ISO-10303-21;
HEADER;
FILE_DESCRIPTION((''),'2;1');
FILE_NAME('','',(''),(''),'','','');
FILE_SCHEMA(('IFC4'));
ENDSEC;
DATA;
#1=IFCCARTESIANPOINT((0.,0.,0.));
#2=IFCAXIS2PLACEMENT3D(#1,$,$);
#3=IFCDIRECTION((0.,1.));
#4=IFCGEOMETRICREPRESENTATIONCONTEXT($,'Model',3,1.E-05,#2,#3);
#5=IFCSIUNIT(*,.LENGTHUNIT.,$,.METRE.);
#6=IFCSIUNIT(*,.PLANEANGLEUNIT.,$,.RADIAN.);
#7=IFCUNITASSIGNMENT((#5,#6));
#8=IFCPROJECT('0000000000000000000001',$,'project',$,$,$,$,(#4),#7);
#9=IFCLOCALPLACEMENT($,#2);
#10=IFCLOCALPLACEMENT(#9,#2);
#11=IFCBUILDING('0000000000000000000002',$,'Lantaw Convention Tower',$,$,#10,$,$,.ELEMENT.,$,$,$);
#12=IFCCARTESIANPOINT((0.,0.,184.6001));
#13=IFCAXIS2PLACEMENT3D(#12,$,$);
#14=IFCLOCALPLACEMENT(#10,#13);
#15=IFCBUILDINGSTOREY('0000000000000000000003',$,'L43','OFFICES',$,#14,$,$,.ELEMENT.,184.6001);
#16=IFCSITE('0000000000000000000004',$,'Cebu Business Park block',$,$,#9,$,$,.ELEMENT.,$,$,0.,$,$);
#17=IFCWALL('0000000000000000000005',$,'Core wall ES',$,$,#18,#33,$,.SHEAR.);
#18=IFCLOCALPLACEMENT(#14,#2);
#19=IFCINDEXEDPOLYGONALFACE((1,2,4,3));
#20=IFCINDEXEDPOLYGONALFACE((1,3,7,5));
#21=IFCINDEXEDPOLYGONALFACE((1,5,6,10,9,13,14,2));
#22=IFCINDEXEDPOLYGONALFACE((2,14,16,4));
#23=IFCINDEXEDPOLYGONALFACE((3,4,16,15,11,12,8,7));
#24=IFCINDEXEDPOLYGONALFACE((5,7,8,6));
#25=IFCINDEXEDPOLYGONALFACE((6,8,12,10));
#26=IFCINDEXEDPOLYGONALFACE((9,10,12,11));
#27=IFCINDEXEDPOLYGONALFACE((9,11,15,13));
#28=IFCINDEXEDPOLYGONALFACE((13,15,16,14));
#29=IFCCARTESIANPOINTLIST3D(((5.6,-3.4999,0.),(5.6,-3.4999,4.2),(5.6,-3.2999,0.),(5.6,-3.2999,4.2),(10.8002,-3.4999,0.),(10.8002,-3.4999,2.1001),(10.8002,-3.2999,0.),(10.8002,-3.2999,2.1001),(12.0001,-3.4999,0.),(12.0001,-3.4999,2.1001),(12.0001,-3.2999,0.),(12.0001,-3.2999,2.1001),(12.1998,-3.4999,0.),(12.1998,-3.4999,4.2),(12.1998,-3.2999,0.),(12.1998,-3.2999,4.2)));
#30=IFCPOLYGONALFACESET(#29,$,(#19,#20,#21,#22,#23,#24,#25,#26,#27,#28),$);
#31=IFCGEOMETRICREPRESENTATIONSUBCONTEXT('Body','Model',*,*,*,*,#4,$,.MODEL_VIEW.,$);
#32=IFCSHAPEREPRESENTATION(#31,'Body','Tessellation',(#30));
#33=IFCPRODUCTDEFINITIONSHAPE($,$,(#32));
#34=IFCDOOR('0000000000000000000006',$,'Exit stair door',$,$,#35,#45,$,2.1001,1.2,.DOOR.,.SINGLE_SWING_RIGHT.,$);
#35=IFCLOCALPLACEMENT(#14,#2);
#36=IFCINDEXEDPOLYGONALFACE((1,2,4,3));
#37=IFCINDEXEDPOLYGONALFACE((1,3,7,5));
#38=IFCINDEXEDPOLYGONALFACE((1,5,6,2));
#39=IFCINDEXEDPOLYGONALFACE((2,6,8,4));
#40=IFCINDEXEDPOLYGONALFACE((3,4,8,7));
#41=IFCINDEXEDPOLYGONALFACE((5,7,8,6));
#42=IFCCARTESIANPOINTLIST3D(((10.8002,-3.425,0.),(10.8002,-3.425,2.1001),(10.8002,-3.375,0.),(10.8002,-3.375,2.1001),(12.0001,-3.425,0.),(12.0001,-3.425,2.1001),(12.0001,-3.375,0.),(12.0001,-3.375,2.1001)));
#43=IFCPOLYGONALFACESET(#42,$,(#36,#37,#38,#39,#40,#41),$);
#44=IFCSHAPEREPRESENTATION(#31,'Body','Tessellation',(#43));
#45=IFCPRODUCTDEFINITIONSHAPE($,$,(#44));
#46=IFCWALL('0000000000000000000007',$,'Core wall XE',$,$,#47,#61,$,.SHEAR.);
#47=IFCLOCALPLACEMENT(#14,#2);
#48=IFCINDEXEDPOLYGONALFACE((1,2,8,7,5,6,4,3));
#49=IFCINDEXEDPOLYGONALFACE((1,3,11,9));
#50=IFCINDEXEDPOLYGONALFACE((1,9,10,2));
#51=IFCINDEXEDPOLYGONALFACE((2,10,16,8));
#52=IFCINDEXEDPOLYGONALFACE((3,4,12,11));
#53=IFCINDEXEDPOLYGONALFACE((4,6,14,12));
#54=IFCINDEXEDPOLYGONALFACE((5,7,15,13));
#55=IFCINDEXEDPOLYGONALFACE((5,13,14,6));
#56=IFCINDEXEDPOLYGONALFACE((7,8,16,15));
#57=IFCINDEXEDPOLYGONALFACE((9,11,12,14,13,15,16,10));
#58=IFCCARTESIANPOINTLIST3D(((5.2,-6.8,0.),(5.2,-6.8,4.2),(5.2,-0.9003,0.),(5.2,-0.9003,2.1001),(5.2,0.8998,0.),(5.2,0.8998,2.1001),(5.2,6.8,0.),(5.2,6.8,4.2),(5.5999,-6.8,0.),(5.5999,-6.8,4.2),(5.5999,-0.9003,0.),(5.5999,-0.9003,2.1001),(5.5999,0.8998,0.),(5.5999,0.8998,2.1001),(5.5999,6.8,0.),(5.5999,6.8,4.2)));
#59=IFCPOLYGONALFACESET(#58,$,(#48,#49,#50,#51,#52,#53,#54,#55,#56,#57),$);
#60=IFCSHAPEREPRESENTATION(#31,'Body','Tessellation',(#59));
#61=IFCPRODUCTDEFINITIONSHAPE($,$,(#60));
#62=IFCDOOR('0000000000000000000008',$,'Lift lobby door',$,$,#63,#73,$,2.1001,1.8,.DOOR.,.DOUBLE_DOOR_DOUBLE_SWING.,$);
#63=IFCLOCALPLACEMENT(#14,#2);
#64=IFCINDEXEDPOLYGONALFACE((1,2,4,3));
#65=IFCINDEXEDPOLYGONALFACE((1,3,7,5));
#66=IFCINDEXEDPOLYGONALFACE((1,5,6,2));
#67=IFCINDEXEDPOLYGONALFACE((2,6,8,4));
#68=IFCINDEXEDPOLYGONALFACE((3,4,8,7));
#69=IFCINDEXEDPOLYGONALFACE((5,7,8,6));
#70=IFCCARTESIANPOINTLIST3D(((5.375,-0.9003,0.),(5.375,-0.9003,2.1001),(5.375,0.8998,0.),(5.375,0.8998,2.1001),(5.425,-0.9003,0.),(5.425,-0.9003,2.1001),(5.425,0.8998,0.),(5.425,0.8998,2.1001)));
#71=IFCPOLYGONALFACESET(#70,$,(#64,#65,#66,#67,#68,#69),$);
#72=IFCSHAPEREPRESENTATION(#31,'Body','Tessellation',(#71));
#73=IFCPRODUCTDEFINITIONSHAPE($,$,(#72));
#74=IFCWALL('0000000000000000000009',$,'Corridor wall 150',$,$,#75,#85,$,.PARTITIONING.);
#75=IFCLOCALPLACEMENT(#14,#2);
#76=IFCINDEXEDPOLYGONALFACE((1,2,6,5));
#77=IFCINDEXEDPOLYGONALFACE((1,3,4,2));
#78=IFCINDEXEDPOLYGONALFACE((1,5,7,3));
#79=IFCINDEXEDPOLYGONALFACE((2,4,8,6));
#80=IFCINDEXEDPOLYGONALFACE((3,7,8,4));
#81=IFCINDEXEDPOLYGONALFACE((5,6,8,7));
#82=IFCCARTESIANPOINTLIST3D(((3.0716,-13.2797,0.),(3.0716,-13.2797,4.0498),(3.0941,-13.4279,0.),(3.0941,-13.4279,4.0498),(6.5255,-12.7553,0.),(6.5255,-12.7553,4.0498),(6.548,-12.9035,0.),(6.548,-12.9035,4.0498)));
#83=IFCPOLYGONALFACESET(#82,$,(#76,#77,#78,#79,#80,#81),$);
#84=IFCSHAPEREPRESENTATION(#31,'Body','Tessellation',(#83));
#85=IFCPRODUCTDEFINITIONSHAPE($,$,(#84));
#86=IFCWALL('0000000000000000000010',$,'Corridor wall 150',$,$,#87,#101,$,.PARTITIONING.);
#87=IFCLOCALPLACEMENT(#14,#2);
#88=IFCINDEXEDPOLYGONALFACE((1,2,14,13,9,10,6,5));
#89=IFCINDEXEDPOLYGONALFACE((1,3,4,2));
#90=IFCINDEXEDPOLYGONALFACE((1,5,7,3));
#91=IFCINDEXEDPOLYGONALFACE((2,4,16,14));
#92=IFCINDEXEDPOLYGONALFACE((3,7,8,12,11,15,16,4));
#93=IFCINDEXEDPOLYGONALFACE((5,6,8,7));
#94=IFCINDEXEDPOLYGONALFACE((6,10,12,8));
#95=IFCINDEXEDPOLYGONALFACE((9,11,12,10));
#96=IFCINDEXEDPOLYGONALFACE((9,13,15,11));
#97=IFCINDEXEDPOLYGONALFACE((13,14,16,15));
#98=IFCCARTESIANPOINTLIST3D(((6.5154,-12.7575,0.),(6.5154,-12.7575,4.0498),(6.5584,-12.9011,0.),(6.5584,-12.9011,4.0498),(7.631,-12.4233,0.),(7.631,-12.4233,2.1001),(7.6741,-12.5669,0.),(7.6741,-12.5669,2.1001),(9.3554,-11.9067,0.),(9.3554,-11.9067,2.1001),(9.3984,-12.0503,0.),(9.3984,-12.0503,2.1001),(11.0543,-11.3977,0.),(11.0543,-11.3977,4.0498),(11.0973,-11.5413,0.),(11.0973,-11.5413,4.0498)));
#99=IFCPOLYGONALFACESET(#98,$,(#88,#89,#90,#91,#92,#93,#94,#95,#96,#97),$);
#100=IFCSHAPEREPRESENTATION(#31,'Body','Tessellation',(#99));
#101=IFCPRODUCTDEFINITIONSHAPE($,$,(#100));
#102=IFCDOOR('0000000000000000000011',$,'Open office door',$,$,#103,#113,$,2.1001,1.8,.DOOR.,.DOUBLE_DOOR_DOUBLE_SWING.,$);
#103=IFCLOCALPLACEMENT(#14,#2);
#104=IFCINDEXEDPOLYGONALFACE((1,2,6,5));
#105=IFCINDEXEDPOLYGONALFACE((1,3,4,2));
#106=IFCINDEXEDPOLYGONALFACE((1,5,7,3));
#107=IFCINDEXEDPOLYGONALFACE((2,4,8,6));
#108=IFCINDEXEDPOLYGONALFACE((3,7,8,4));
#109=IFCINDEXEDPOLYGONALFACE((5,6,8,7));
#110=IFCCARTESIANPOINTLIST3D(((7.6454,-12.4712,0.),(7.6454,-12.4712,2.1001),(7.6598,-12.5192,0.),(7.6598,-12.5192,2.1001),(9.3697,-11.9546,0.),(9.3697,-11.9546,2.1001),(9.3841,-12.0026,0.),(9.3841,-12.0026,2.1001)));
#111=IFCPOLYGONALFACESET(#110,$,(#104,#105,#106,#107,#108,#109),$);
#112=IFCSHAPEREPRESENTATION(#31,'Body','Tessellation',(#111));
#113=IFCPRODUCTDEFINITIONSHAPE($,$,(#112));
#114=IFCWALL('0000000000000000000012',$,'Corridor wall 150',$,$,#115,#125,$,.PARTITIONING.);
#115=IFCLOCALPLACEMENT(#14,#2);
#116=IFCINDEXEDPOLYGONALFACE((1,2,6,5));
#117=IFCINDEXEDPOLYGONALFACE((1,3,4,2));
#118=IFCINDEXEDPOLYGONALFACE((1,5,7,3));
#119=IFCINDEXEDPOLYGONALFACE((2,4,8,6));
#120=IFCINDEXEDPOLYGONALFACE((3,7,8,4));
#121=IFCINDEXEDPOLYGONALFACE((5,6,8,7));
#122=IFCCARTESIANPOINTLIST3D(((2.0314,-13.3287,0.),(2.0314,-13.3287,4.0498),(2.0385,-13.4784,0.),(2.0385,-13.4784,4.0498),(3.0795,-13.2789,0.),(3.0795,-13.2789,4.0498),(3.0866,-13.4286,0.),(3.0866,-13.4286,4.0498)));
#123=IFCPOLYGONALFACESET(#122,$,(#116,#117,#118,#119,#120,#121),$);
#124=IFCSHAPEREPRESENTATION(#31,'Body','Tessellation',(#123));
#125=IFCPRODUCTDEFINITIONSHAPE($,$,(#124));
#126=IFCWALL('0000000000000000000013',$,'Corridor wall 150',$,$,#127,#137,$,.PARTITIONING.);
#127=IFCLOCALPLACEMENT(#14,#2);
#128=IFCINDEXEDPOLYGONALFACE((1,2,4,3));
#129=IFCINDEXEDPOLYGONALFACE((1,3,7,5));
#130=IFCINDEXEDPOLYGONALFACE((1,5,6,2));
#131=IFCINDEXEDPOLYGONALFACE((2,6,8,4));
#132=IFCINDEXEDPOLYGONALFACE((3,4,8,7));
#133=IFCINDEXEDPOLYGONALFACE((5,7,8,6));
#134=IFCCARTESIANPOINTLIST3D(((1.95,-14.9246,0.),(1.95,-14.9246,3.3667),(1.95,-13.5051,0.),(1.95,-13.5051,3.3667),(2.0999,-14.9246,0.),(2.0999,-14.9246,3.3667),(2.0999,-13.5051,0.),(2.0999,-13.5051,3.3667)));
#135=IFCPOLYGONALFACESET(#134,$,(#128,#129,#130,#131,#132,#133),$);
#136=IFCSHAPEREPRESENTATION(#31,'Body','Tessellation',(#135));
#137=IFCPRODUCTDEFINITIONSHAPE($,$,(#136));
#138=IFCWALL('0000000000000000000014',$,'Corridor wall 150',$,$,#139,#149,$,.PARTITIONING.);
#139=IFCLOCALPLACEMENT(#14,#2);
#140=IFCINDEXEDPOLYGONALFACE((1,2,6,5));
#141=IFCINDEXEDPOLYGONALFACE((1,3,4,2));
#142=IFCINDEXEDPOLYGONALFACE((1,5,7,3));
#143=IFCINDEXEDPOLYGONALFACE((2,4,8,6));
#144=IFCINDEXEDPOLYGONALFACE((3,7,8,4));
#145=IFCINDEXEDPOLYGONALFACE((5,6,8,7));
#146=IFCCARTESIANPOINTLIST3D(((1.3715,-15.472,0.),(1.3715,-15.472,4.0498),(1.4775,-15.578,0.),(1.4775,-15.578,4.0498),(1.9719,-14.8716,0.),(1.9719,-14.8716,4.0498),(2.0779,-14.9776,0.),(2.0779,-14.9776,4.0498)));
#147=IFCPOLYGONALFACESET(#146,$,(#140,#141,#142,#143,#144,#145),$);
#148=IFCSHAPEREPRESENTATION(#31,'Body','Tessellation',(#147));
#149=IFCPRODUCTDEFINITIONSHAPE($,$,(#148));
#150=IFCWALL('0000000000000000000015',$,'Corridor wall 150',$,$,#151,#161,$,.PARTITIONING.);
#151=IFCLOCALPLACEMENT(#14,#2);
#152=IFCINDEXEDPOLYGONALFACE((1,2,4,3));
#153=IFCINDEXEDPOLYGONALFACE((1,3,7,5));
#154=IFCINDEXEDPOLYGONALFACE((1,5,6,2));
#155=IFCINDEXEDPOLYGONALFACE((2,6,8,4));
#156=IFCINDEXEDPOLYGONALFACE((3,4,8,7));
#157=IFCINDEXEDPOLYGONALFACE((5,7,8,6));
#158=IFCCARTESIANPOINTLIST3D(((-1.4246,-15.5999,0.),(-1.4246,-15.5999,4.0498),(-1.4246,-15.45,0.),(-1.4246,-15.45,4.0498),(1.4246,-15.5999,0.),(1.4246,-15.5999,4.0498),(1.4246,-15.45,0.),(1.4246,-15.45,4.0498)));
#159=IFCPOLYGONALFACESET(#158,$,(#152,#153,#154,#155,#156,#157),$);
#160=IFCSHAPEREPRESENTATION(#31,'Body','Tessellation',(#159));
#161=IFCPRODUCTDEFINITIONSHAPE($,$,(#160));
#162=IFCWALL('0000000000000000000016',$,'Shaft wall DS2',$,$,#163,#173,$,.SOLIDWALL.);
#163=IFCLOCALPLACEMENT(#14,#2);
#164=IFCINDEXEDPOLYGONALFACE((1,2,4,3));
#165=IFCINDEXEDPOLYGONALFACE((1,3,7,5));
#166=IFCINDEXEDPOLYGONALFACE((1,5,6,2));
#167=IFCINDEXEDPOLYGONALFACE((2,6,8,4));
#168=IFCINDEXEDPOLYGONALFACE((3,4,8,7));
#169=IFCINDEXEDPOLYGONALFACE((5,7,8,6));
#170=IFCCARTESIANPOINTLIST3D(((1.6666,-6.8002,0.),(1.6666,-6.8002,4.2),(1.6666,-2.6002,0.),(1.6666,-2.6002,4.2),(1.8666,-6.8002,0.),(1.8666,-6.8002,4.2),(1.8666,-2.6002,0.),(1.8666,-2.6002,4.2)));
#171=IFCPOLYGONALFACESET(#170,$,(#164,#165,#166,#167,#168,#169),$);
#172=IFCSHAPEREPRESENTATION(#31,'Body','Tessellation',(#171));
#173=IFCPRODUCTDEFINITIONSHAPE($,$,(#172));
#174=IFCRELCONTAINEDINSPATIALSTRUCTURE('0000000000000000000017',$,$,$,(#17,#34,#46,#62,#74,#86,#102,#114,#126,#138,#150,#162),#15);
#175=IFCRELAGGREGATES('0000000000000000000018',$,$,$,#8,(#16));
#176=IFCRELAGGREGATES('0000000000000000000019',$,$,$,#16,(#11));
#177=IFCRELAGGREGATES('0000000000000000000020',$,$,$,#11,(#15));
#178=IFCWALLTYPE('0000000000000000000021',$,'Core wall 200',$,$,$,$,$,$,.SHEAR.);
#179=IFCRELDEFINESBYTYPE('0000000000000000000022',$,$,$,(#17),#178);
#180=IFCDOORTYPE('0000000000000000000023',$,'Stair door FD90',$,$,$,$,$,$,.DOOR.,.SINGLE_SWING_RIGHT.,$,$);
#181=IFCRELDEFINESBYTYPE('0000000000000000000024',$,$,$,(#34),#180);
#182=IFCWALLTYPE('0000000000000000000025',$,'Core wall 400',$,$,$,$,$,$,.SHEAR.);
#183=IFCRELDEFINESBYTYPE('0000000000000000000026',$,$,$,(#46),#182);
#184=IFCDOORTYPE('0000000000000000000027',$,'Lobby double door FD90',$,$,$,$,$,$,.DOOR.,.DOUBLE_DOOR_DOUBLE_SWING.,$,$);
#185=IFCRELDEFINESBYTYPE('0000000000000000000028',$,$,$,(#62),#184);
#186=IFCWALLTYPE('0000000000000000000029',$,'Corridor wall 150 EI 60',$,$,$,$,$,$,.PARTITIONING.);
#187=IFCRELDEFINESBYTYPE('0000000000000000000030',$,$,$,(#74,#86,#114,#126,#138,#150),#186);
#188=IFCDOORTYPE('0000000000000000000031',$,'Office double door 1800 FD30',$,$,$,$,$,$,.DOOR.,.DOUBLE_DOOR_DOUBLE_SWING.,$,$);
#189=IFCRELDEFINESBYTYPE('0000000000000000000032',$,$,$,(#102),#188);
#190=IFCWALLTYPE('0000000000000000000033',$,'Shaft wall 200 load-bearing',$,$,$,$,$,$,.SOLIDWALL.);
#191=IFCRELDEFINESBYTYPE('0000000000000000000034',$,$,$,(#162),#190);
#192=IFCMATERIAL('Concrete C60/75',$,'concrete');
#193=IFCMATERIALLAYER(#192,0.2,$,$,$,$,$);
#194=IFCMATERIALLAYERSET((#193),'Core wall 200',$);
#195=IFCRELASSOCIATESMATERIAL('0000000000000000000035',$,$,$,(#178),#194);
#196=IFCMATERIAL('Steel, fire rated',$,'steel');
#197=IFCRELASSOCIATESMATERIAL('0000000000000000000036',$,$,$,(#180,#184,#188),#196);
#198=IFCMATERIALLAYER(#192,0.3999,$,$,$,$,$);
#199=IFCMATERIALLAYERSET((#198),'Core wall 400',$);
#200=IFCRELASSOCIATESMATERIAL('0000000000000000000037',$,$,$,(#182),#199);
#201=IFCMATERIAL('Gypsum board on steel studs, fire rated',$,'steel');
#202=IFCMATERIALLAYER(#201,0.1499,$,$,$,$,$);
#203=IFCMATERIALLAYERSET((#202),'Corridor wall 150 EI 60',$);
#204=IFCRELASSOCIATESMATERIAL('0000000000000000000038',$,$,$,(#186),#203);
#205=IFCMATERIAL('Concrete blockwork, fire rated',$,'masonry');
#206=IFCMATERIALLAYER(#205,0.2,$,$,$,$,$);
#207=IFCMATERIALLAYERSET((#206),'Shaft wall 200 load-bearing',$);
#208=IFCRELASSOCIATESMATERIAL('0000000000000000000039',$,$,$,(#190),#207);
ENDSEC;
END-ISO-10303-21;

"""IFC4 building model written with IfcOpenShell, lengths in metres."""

from ifc_helpers import new_model, si_unit, direction, frame, frame_2d, origin, place, context, subcontext, project, spatial, rectangle, extrude, material, layer, layer_set, type_object, element, fill, save


model = new_model("IFC4")

# Units and contexts
model_context = context("Model", 3, precision=1e-05, world=origin(), true_north=direction((0.0, 1.0)))
body_context = subcontext(model_context, "Body", "Model", "MODEL_VIEW")
ifc_project = project(units=[si_unit("LENGTHUNIT", "METRE"), si_unit("PLANEANGLEUNIT", "RADIAN")], contexts=[model_context])

# Site, building, storey
site_placement = place(None, origin())
site = spatial("IfcSite", under=ifc_project, at=site_placement, Name="Cebu Business Park block", CompositionType="ELEMENT", RefElevation=0.0)
building_placement = place(site_placement, origin())
building = spatial("IfcBuilding", under=site, at=building_placement, Name="Lantaw Convention Tower", CompositionType="ELEMENT")
storey_placement = place(building_placement, frame((0.0, 0.0, 184.6001)))
storey = spatial("IfcBuildingStorey", under=building, at=storey_placement, Name="L43", Description="OFFICES", CompositionType="ELEMENT", Elevation=184.6001)

# Walls, openings, doors
ifc_material_1 = material(Name="Concrete C60/75", Category="concrete")
ifc_layer_1 = layer(ifc_material_1, 0.2)
ifc_layer_set_1 = layer_set([ifc_layer_1], Name="Core wall 200")
wall_type_1 = type_object("IfcWallType", Name="Core wall 200", PredefinedType="SHEAR", material=ifc_layer_set_1)
wall_1_placement = place(storey_placement, frame((5.6001, -3.3999, 0.0), z_axis=(0.0, 0.0, 1.0), x_axis=(1.0, 0.0, 0.0)))
wall_1 = element("IfcWall", 1, at=wall_1_placement, inside=storey, type_object=wall_type_1, Name="Core wall ES", PredefinedType="SHEAR", context=body_context, shape_type="SweptSolid", body=[
    extrude(rectangle(XDim=6.5999, YDim=0.2, at=frame_2d((3.2998, 0.0))), origin(), (0.0, 0.0, 1.0), 4.2),
])
opening_1_placement = place(wall_1_placement, frame((5.2, 0.0, 0.0)))
opening_1 = element("IfcOpeningElement", 2, at=opening_1_placement, cuts=wall_1, PredefinedType="OPENING", context=body_context, shape_type="SweptSolid", body=[
    extrude(rectangle(XDim=1.2, YDim=2.1001, at=frame_2d((0.6001, 1.05))), frame((0.0, 0.1099, 0.0), z_axis=(0.0, -1.0, 0.0), x_axis=(1.0, 0.0, 0.0)), (0.0, 0.0, 1.0), 0.22),
])
ifc_material_2 = material(Name="Steel, fire rated", Category="steel")
door_type_1 = type_object("IfcDoorType", Name="Stair door FD90", OperationType="SINGLE_SWING_RIGHT", PredefinedType="DOOR", material=ifc_material_2)
door_1_placement = place(opening_1_placement, origin())
door_1 = element("IfcDoor", 3, at=door_1_placement, inside=storey, type_object=door_type_1, Name="Exit stair door", OperationType="SINGLE_SWING_RIGHT", OverallHeight=2.1001, OverallWidth=1.2, PredefinedType="DOOR", context=body_context, shape_type="SweptSolid", body=[
    extrude(rectangle(XDim=1.2, YDim=2.1001, at=frame_2d((0.6001, 1.05))), frame((0.0, 0.0249, 0.0), z_axis=(0.0, -1.0, 0.0), x_axis=(1.0, 0.0, 0.0)), (0.0, 0.0, 1.0), 0.05),
])
fill(opening_1, door_1)
ifc_layer_2 = layer(ifc_material_1, 0.3999)
ifc_layer_set_2 = layer_set([ifc_layer_2], Name="Core wall 400")
wall_type_2 = type_object("IfcWallType", Name="Core wall 400", PredefinedType="SHEAR", material=ifc_layer_set_2)
wall_2_placement = place(storey_placement, frame((5.3999, -6.8, 0.0), z_axis=(0.0, 0.0, 1.0), x_axis=(0.0, 1.0, 0.0)))
wall_2 = element("IfcWall", 4, at=wall_2_placement, inside=storey, type_object=wall_type_2, Name="Core wall XE", PredefinedType="SHEAR", context=body_context, shape_type="SweptSolid", body=[
    extrude(rectangle(XDim=13.6001, YDim=0.3999, at=frame_2d((6.8, 0.0))), origin(), (0.0, 0.0, 1.0), 4.2),
])
opening_2_placement = place(wall_2_placement, frame((5.8999, 0.0, 0.0)))
opening_2 = element("IfcOpeningElement", 5, at=opening_2_placement, cuts=wall_2, PredefinedType="OPENING", context=body_context, shape_type="SweptSolid", body=[
    extrude(rectangle(XDim=1.8, YDim=2.1001, at=frame_2d((0.8999, 1.05))), frame((0.0, 0.21, 0.0), z_axis=(0.0, -1.0, 0.0), x_axis=(1.0, 0.0, 0.0)), (0.0, 0.0, 1.0), 0.4199),
])
door_type_2 = type_object("IfcDoorType", Name="Lobby double door FD90", OperationType="DOUBLE_DOOR_DOUBLE_SWING", PredefinedType="DOOR", material=ifc_material_2)
door_2_placement = place(opening_2_placement, origin())
door_2 = element("IfcDoor", 6, at=door_2_placement, inside=storey, type_object=door_type_2, Name="Lift lobby door", OperationType="DOUBLE_DOOR_DOUBLE_SWING", OverallHeight=2.1001, OverallWidth=1.8, PredefinedType="DOOR", context=body_context, shape_type="SweptSolid", body=[
    extrude(rectangle(XDim=1.8, YDim=2.1001, at=frame_2d((0.8999, 1.05))), frame((0.0, 0.0249, 0.0), z_axis=(0.0, -1.0, 0.0), x_axis=(1.0, 0.0, 0.0)), (0.0, 0.0, 1.0), 0.05),
])
fill(opening_2, door_2)

# Wall
ifc_material_3 = material(Name="Gypsum board on steel studs, fire rated", Category="steel")
ifc_layer_3 = layer(ifc_material_3, 0.1499)
ifc_layer_set_3 = layer_set([ifc_layer_3], Name="Corridor wall 150 EI 60")
wall_type_3 = type_object("IfcWallType", Name="Corridor wall 150 EI 60", PredefinedType="PARTITIONING", material=ifc_layer_set_3)
wall_3_placement = place(storey_placement, frame((3.083, -13.3538, 0.0), z_axis=(0.0, 0.0, 1.0), x_axis=(0.988669, 0.150114, 0.0)))
element("IfcWall", 7, at=wall_3_placement, inside=storey, type_object=wall_type_3, Name="Corridor wall 150", PredefinedType="PARTITIONING", context=body_context, shape_type="SweptSolid", body=[
    extrude(rectangle(XDim=3.4934, YDim=0.1499, at=frame_2d((1.7466, 0.0))), origin(), (0.0, 0.0, 1.0), 4.0498),
])

# Wall, opening, door
wall_4_placement = place(storey_placement, frame((6.5369, -12.8293, 0.0), z_axis=(0.0, 0.0, 1.0), x_axis=(0.957934, 0.286989, 0.0)))
wall_4 = element("IfcWall", 8, at=wall_4_placement, inside=storey, type_object=wall_type_3, Name="Corridor wall 150", PredefinedType="PARTITIONING", context=body_context, shape_type="SweptSolid", body=[
    extrude(rectangle(XDim=4.7383, YDim=0.1499, at=frame_2d((2.3691, 0.0))), origin(), (0.0, 0.0, 1.0), 4.0498),
])
opening_3_placement = place(wall_4_placement, frame((1.1648, 0.0, 0.0)))
opening_3 = element("IfcOpeningElement", 9, at=opening_3_placement, cuts=wall_4, PredefinedType="OPENING", context=body_context, shape_type="SweptSolid", body=[
    extrude(rectangle(XDim=1.8, YDim=2.1001, at=frame_2d((0.8999, 1.05))), frame((0.0, 0.085, 0.0), z_axis=(0.0, -1.0, 0.0), x_axis=(1.0, 0.0, 0.0)), (0.0, 0.0, 1.0), 0.1699),
])
door_type_3 = type_object("IfcDoorType", Name="Office double door 1800 FD30", OperationType="DOUBLE_DOOR_DOUBLE_SWING", PredefinedType="DOOR", material=ifc_material_2)
door_3_placement = place(opening_3_placement, origin())
door_3 = element("IfcDoor", 10, at=door_3_placement, inside=storey, type_object=door_type_3, Name="Open office door", OperationType="DOUBLE_DOOR_DOUBLE_SWING", OverallHeight=2.1001, OverallWidth=1.8, PredefinedType="DOOR", context=body_context, shape_type="SweptSolid", body=[
    extrude(rectangle(XDim=1.8, YDim=2.1001, at=frame_2d((0.8999, 1.05))), frame((0.0, 0.0249, 0.0), z_axis=(0.0, -1.0, 0.0), x_axis=(1.0, 0.0, 0.0)), (0.0, 0.0, 1.0), 0.05),
])
fill(opening_3, door_3)

# Walls
wall_5_placement = place(storey_placement, frame((2.0349, -13.4036, 0.0), z_axis=(0.0, 0.0, 1.0), x_axis=(0.998873, 0.047466, 0.0)))
element("IfcWall", 11, at=wall_5_placement, inside=storey, type_object=wall_type_3, Name="Corridor wall 150", PredefinedType="PARTITIONING", context=body_context, shape_type="SweptSolid", body=[
    extrude(rectangle(XDim=1.0493, YDim=0.1499, at=frame_2d((0.5247, 0.0))), origin(), (0.0, 0.0, 1.0), 4.0498),
])
wall_6_placement = place(storey_placement, frame((2.0249, -13.5051, 0.0), z_axis=(0.0, 0.0, 1.0), x_axis=(0.0, -1.0, 0.0)))
element("IfcWall", 12, at=wall_6_placement, inside=storey, type_object=wall_type_3, Name="Corridor wall 150", PredefinedType="PARTITIONING", context=body_context, shape_type="SweptSolid", body=[
    extrude(rectangle(XDim=1.4194, YDim=0.1499, at=frame_2d((0.7097, 0.0))), origin(), (0.0, 0.0, 1.0), 3.3667),
])
wall_7_placement = place(storey_placement, frame((2.0249, -14.9246, 0.0), z_axis=(0.0, 0.0, 1.0), x_axis=(-0.707107, -0.707107, 0.0)))
element("IfcWall", 13, at=wall_7_placement, inside=storey, type_object=wall_type_3, Name="Corridor wall 150", PredefinedType="PARTITIONING", context=body_context, shape_type="SweptSolid", body=[
    extrude(rectangle(XDim=0.8491, YDim=0.1499, at=frame_2d((0.4246, 0.0))), origin(), (0.0, 0.0, 1.0), 4.0498),
])
wall_8_placement = place(storey_placement, frame((1.4246, -15.5249, 0.0), z_axis=(0.0, 0.0, 1.0), x_axis=(-1.0, 0.0, 0.0)))
element("IfcWall", 14, at=wall_8_placement, inside=storey, type_object=wall_type_3, Name="Corridor wall 150", PredefinedType="PARTITIONING", context=body_context, shape_type="SweptSolid", body=[
    extrude(rectangle(XDim=2.8491, YDim=0.1499, at=frame_2d((1.4246, 0.0))), origin(), (0.0, 0.0, 1.0), 4.0498),
])
ifc_material_4 = material(Name="Concrete blockwork, fire rated", Category="masonry")
ifc_layer_4 = layer(ifc_material_4, 0.2)
ifc_layer_set_4 = layer_set([ifc_layer_4], Name="Shaft wall 200 load-bearing")
wall_type_4 = type_object("IfcWallType", Name="Shaft wall 200 load-bearing", PredefinedType="SOLIDWALL", material=ifc_layer_set_4)
wall_9_placement = place(storey_placement, frame((1.7666, -2.6001, 0.0), z_axis=(0.0, 0.0, 1.0), x_axis=(0.0, -1.0, 0.0)))
element("IfcWall", 15, at=wall_9_placement, inside=storey, type_object=wall_type_4, Name="Shaft wall DS2", PredefinedType="SOLIDWALL", context=body_context, shape_type="SweptSolid", body=[
    extrude(rectangle(XDim=4.2, YDim=0.2, at=frame_2d((2.1001, 0.0))), origin(), (0.0, 0.0, 1.0), 4.2),
])

save(model, "model.ifc")
